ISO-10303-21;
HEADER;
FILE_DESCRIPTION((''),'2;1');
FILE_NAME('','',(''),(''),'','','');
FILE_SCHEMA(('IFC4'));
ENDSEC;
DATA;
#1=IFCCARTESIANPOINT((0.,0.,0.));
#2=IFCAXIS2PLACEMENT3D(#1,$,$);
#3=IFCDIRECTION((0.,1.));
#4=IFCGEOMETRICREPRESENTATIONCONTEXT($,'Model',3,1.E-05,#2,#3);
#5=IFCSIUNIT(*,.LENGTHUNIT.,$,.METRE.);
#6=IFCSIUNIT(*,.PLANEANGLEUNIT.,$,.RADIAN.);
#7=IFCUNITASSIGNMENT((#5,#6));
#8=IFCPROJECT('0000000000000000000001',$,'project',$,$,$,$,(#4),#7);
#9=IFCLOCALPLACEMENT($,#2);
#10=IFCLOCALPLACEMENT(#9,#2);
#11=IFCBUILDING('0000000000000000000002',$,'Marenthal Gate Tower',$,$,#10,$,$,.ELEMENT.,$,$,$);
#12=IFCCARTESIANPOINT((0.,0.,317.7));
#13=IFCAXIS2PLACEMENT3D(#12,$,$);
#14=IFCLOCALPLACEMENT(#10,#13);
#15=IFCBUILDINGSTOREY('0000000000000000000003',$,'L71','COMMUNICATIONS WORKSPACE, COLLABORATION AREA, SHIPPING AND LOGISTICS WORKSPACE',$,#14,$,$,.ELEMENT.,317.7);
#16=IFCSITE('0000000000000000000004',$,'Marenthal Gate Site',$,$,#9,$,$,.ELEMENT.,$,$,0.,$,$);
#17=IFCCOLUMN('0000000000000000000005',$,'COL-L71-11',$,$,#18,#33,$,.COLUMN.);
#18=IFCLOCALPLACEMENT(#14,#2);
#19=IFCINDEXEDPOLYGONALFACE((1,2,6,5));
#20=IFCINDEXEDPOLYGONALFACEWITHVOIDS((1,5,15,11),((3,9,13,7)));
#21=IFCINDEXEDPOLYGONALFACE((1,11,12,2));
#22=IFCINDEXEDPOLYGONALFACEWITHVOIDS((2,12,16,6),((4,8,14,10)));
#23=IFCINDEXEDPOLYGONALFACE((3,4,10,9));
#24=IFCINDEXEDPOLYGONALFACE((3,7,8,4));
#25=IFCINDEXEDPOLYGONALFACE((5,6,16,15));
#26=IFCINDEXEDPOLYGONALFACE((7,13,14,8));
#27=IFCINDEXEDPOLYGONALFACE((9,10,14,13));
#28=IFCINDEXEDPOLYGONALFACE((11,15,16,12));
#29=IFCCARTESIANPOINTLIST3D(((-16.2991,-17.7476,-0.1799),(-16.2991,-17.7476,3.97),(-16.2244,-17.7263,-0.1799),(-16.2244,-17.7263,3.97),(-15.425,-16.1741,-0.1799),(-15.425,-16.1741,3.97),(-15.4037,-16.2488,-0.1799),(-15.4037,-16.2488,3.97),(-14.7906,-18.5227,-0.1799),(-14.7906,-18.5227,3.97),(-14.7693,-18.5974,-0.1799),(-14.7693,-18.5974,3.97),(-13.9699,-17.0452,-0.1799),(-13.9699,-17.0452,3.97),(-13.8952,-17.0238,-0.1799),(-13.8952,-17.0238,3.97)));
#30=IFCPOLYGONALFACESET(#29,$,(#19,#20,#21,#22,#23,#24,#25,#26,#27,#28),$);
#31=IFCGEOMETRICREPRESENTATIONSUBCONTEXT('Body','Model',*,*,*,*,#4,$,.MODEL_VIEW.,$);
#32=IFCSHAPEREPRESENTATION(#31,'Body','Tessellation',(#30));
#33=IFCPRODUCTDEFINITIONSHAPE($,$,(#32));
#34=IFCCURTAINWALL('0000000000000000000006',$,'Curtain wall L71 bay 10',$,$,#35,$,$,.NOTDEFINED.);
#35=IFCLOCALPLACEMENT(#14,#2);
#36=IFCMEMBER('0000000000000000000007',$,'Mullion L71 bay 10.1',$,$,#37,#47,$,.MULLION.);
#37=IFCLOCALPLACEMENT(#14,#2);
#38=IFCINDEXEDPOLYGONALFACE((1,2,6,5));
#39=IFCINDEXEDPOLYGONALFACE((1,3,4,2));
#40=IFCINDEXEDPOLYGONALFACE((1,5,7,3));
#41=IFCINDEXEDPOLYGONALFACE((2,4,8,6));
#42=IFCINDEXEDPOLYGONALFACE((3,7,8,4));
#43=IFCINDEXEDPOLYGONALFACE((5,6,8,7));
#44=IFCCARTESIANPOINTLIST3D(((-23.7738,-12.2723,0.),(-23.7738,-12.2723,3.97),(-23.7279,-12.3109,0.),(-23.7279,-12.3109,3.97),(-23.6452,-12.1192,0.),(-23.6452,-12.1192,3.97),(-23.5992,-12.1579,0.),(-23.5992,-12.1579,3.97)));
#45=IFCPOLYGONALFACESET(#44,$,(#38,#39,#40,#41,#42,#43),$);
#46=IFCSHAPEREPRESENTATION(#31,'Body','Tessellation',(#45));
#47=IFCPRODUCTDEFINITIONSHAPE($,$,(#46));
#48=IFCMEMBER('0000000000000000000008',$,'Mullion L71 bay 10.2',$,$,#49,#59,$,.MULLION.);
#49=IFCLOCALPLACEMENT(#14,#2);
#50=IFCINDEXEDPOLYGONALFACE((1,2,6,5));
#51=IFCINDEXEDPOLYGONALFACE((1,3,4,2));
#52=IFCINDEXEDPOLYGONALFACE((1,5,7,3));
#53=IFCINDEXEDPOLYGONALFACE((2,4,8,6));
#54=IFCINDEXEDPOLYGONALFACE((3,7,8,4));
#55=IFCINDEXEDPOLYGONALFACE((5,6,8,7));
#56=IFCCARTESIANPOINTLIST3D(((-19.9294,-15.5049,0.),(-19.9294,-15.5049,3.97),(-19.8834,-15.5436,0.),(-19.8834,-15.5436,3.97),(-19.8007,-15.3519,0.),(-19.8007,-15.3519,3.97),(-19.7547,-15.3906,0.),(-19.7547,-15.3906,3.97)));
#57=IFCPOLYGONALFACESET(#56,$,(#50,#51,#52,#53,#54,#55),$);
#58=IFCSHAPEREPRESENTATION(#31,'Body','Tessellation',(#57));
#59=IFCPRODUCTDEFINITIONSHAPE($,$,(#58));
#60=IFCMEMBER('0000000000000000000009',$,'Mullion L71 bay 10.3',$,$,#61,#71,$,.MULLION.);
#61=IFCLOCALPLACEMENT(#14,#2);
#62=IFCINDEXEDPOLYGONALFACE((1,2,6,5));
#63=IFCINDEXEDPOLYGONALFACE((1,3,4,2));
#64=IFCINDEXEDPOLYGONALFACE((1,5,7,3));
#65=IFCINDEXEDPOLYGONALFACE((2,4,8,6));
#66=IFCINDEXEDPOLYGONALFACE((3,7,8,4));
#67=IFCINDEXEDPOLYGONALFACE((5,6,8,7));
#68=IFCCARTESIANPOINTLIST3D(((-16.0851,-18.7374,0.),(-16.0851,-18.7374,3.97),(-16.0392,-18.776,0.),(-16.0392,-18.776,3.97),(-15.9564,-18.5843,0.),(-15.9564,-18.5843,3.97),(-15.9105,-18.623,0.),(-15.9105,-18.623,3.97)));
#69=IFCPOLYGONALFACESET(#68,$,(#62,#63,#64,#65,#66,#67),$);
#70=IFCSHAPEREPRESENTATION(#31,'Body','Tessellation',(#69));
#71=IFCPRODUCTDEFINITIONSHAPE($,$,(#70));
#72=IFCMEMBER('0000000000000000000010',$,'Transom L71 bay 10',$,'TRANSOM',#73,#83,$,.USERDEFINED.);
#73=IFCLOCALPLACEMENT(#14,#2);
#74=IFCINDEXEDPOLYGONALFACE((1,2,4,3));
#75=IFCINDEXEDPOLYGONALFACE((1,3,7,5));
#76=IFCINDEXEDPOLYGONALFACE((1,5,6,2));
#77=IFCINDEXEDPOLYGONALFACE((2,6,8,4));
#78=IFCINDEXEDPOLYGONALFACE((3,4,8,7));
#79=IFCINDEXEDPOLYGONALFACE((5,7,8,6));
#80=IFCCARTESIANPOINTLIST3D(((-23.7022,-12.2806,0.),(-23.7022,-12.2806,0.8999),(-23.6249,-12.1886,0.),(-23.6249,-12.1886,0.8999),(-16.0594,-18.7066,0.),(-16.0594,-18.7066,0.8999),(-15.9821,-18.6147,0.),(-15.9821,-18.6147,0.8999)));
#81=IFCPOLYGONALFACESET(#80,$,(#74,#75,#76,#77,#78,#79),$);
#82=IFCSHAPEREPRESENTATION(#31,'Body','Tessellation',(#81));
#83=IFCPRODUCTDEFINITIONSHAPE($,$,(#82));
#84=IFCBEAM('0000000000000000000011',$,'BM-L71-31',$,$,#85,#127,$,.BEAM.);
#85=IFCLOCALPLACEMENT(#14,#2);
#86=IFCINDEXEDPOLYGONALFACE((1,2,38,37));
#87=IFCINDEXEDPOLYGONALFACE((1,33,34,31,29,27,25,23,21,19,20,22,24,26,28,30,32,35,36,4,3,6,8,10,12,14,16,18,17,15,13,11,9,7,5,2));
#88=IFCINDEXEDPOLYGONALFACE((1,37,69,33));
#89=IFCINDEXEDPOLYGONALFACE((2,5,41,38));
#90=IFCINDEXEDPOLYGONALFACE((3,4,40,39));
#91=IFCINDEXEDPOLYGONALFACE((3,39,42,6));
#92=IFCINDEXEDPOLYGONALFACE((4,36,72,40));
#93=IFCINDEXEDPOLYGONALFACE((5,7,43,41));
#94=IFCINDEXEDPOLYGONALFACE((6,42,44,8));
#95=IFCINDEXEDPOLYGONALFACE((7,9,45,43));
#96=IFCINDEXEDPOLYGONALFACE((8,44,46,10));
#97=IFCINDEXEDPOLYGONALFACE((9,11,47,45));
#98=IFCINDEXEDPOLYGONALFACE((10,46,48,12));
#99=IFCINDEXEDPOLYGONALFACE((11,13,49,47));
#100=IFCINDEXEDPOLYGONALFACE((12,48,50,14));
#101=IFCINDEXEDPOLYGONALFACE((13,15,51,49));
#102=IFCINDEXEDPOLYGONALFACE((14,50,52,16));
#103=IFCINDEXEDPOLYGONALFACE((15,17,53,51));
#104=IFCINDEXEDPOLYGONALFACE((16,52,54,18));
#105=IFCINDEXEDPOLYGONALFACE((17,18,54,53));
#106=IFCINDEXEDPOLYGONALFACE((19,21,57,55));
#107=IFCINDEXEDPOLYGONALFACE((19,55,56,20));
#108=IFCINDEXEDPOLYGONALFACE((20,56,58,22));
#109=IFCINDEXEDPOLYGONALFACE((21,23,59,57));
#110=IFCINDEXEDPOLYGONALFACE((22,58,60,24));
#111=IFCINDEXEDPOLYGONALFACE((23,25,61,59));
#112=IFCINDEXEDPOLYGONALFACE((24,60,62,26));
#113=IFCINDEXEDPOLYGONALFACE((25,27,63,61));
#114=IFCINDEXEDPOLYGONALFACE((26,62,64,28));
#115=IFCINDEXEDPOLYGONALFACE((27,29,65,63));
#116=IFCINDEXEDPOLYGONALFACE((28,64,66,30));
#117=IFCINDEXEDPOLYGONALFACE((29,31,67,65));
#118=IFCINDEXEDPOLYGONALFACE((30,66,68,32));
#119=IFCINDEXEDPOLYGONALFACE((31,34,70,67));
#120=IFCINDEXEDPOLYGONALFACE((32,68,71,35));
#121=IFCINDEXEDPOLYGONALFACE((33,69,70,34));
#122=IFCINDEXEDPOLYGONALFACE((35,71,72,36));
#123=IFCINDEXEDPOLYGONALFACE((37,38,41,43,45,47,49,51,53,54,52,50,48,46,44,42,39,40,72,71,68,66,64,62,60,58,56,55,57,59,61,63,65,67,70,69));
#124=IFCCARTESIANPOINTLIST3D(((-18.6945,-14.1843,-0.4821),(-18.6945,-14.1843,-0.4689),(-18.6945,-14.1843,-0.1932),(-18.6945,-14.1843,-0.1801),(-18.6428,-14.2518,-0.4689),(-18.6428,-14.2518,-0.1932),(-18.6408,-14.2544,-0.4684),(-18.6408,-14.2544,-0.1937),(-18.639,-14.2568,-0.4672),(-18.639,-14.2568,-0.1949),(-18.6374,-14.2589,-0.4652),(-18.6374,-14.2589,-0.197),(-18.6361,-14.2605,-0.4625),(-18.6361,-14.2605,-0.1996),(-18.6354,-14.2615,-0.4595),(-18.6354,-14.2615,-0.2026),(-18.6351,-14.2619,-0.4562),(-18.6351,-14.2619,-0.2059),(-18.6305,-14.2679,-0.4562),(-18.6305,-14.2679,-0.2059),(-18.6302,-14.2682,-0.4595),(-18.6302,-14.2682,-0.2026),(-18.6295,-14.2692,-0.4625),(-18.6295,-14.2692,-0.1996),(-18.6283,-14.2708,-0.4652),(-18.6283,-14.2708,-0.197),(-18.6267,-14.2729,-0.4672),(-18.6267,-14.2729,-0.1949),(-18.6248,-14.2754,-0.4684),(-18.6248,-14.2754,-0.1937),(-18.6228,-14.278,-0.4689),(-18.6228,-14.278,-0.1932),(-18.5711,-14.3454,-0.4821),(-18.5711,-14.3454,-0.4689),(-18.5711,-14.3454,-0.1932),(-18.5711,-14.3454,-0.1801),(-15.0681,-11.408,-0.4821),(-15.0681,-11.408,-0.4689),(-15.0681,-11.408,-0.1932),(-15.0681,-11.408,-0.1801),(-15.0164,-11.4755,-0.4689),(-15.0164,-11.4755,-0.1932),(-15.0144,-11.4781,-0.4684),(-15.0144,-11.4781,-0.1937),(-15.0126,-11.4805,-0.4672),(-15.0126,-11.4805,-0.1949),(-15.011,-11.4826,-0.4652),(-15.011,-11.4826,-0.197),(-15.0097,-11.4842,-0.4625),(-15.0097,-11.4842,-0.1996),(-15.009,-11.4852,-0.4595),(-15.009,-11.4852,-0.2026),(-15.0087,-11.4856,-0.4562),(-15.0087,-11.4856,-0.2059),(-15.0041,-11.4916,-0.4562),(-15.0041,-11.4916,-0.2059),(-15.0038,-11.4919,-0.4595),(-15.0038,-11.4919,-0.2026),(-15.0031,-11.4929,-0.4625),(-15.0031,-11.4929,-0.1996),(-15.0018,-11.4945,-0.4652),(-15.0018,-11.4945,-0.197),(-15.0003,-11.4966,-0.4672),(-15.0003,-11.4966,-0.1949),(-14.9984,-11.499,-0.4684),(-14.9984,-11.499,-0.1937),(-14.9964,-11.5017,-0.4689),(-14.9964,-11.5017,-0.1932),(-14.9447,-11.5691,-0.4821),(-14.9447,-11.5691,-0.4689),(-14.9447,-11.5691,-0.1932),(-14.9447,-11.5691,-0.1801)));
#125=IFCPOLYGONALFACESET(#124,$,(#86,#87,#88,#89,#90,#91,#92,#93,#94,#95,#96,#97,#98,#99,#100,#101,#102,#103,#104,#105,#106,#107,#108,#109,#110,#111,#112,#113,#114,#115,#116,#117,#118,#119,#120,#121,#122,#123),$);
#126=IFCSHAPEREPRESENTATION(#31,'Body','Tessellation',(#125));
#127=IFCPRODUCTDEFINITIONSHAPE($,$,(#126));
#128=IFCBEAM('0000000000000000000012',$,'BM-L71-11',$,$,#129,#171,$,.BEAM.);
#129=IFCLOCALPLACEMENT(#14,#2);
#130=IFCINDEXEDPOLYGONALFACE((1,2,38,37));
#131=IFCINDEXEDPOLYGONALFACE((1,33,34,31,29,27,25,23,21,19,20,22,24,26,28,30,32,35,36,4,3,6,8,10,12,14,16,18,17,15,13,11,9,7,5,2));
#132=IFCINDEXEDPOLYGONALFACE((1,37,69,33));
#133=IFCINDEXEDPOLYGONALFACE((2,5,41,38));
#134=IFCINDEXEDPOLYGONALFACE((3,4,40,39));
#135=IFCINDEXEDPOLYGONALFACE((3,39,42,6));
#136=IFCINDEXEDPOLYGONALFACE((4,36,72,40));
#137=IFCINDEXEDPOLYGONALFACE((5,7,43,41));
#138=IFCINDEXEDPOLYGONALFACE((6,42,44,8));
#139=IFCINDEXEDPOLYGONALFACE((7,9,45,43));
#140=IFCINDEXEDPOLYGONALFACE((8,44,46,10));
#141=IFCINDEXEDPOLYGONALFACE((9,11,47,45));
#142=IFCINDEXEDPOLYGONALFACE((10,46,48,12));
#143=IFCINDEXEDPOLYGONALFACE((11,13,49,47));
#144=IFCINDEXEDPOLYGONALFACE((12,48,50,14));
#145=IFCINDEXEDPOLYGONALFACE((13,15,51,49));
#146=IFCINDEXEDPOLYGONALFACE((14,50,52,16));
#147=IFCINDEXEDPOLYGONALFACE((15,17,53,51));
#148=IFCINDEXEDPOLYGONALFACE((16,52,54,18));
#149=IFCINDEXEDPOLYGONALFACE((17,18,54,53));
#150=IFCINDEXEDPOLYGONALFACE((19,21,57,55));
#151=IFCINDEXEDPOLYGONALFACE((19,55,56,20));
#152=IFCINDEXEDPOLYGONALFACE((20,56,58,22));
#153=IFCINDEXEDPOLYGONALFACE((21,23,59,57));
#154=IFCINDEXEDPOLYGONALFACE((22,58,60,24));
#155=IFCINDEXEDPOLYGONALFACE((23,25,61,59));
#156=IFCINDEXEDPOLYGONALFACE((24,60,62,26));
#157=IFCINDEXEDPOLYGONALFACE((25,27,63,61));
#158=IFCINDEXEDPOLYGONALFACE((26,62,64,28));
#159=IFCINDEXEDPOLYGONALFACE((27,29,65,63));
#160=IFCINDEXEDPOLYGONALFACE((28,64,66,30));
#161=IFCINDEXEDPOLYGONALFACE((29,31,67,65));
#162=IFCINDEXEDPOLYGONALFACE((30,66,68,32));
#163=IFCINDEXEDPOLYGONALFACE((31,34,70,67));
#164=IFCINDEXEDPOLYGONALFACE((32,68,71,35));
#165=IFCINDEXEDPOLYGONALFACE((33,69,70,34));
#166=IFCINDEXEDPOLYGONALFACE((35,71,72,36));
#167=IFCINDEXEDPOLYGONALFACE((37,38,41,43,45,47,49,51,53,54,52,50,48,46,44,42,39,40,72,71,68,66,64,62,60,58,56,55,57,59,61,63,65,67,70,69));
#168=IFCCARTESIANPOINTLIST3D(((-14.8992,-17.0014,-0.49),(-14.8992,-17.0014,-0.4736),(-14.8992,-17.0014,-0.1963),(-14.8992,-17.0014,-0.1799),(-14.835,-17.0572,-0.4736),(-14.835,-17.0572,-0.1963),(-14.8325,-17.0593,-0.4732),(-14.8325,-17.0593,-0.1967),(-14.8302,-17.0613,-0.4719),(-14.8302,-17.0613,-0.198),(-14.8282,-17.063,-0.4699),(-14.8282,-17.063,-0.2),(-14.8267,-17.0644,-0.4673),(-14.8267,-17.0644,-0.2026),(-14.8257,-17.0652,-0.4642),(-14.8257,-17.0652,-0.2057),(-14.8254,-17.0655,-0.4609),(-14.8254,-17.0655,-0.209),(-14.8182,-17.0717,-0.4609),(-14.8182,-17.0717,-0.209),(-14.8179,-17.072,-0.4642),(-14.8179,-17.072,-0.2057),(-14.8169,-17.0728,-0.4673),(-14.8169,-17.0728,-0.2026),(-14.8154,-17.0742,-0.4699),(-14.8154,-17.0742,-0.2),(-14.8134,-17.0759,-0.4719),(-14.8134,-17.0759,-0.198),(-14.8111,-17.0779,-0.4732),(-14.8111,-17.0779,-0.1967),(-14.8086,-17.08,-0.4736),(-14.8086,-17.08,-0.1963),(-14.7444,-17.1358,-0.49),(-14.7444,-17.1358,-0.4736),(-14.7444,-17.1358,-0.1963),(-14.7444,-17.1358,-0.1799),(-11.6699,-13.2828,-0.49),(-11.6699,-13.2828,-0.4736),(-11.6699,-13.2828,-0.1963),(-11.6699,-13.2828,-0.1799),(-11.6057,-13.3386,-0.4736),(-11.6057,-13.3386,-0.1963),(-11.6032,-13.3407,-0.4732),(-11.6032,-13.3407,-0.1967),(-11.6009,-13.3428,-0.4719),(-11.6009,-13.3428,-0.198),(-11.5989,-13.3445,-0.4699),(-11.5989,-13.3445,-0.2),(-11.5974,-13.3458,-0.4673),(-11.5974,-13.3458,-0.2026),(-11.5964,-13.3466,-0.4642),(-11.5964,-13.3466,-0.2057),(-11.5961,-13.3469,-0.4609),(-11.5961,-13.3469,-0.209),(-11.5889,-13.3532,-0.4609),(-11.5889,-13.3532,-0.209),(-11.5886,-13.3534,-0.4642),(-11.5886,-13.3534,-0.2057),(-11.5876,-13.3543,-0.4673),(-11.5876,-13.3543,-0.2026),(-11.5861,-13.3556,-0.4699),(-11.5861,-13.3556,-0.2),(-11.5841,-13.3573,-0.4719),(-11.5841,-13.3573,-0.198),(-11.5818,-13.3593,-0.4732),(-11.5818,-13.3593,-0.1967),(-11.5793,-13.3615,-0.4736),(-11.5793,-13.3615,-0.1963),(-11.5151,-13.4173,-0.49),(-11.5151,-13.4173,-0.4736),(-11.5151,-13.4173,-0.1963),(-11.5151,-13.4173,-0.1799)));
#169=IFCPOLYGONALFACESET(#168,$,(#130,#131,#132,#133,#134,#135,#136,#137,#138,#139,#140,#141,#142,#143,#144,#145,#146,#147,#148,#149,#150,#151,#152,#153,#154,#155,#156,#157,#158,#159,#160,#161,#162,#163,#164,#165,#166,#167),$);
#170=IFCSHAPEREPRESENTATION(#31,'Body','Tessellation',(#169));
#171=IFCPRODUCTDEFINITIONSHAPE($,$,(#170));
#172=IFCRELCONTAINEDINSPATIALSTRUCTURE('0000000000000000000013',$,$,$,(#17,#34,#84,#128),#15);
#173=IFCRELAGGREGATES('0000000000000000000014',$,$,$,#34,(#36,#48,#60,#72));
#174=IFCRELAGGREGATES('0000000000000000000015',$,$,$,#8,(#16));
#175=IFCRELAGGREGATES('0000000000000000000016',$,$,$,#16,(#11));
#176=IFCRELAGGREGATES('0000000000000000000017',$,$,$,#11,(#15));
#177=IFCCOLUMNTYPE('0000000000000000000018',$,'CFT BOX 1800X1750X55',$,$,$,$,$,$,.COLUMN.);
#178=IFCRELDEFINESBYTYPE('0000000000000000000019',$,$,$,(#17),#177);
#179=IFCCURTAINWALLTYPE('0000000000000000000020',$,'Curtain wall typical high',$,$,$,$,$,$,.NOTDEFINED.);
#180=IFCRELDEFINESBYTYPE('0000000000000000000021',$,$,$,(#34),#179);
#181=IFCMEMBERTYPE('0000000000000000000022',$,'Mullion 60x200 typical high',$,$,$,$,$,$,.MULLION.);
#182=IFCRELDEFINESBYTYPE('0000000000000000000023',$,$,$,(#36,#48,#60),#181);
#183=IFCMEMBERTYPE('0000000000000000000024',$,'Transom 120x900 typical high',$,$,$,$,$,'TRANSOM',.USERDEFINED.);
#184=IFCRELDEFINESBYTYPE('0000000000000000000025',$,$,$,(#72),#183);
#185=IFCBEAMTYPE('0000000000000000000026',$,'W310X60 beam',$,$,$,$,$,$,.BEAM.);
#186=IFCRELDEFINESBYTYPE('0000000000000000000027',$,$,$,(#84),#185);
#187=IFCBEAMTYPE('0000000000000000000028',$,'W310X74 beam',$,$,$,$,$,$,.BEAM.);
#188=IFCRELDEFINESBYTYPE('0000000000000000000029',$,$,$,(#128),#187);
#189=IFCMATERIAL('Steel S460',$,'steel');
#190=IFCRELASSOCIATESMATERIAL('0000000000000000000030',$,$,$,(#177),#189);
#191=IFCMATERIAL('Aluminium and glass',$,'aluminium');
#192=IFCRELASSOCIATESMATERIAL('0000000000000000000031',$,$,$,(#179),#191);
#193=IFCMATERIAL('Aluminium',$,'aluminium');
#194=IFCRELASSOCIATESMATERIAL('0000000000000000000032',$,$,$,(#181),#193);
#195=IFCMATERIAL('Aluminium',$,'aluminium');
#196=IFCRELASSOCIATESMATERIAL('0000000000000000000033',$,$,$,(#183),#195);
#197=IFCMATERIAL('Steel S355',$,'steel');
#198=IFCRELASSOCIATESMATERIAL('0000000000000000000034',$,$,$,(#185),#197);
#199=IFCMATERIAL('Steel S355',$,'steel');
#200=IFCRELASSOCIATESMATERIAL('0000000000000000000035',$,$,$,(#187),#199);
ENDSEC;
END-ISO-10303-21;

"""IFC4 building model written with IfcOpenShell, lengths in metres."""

from ifc_helpers import new_model, si_unit, direction, frame, origin, origin_2d, place, context, subcontext, project, spatial, rectangle, hollow_rectangle, i_section, extrude, material, material_profile, profile_set, type_object, element, aggregate, save


model = new_model("IFC4")

# Units and contexts
model_context = context("Model", 3, precision=1e-05, world=origin(), true_north=direction((0.0, 1.0)))
body_context = subcontext(model_context, "Body", "Model", "MODEL_VIEW")
ifc_project = project(units=[si_unit("LENGTHUNIT", "METRE"), si_unit("PLANEANGLEUNIT", "RADIAN")], contexts=[model_context])

# Site, building, storey
site_placement = place(None, origin())
site = spatial("IfcSite", under=ifc_project, at=site_placement, Name="Marenthal Gate Site", CompositionType="ELEMENT", RefElevation=0.0)
building_placement = place(site_placement, origin())
building = spatial("IfcBuilding", under=site, at=building_placement, Name="Marenthal Gate Tower", CompositionType="ELEMENT")
storey_placement = place(building_placement, frame((0.0, 0.0, 317.7)))
storey = spatial("IfcBuildingStorey", under=building, at=storey_placement, Name="L71", Description="COMMUNICATIONS WORKSPACE, COLLABORATION AREA, SHIPPING AND LOGISTICS WORKSPACE", CompositionType="ELEMENT", Elevation=317.7)

# Column
ifc_material_1 = material(Name="Steel S460", Category="steel")
ifc_material_profile_1 = material_profile(ifc_material_1, hollow_rectangle(XDim=1.75, YDim=1.8, WallThickness=0.0549, at=origin_2d()), Name="CFT BOX 1800X1750X55")
ifc_material_2 = material(Name="Concrete 70 MPa", Category="concrete")
ifc_material_profile_2 = material_profile(ifc_material_2, rectangle(XDim=1.6399, YDim=1.6899, at=origin_2d()), Name="CFT BOX 1800X1750X55 INFILL")
ifc_profile_set_1 = profile_set([ifc_material_profile_1, ifc_material_profile_2], Name="Steel S460 shell, Concrete 70 MPa infill")
column_type = type_object("IfcColumnType", Name="CFT BOX 1800X1750X55", PredefinedType="COLUMN", material=ifc_profile_set_1)
column_placement = place(storey_placement, frame((-15.0972, -17.3857, -0.1799), z_axis=(0.0, 0.0, 1.0), x_axis=(-0.874186, 0.485591, 0.0)))
element("IfcColumn", 1, at=column_placement, inside=storey, type_object=column_type, Name="COL-L71-11", PredefinedType="COLUMN", context=body_context, shape_type="SweptSolid", body=[
    extrude(hollow_rectangle(XDim=1.75, YDim=1.8, WallThickness=0.0549, at=origin_2d()), origin(), (0.0, 0.0, 1.0), 4.1499),
])

# Curtain wall, members
ifc_material_3 = material(Name="Aluminium and glass", Category="aluminium")
curtain_wall_type = type_object("IfcCurtainWallType", Name="Curtain wall typical high", PredefinedType="NOTDEFINED", material=ifc_material_3)
curtain_wall_placement = place(storey_placement, origin())
curtain_wall = element("IfcCurtainWall", 2, at=curtain_wall_placement, inside=storey, type_object=curtain_wall_type, Name="Curtain wall L71 bay 10", PredefinedType="NOTDEFINED")
ifc_material_4 = material(Name="Aluminium", Category="aluminium")
ifc_material_profile_3 = material_profile(ifc_material_4, rectangle(XDim=0.2, YDim=0.0601, at=origin_2d()), Name="60x200 aluminium mullion")
ifc_profile_set_2 = profile_set([ifc_material_profile_3], Name="Aluminium")
member_type_1 = type_object("IfcMemberType", Name="Mullion 60x200 typical high", PredefinedType="MULLION", material=ifc_profile_set_2)
member_1_placement = place(storey_placement, frame((-23.6865, -12.2151, 0.0), z_axis=(0.0, 0.0, 1.0), x_axis=(0.64357, 0.765387, 0.0)))
member_1 = element("IfcMember", 3, at=member_1_placement, type_object=member_type_1, Name="Mullion L71 bay 10.1", PredefinedType="MULLION", context=body_context, shape_type="SweptSolid", body=[
    extrude(rectangle(XDim=0.2, YDim=0.0601, at=origin_2d()), origin(), (0.0, 0.0, 1.0), 3.97),
])
member_2_placement = place(storey_placement, frame((-19.842, -15.4478, 0.0), z_axis=(0.0, 0.0, 1.0), x_axis=(0.64357, 0.765387, 0.0)))
member_2 = element("IfcMember", 4, at=member_2_placement, type_object=member_type_1, Name="Mullion L71 bay 10.2", PredefinedType="MULLION", context=body_context, shape_type="SweptSolid", body=[
    extrude(rectangle(XDim=0.2, YDim=0.0601, at=origin_2d()), origin(), (0.0, 0.0, 1.0), 3.97),
])
member_3_placement = place(storey_placement, frame((-15.9978, -18.6802, 0.0), z_axis=(0.0, 0.0, 1.0), x_axis=(0.64357, 0.765387, 0.0)))
member_3 = element("IfcMember", 5, at=member_3_placement, type_object=member_type_1, Name="Mullion L71 bay 10.3", PredefinedType="MULLION", context=body_context, shape_type="SweptSolid", body=[
    extrude(rectangle(XDim=0.2, YDim=0.0601, at=origin_2d()), origin(), (0.0, 0.0, 1.0), 3.97),
])
ifc_material_5 = material(Name="Aluminium", Category="aluminium")
ifc_material_profile_4 = material_profile(ifc_material_5, rectangle(XDim=0.1201, YDim=0.8999, at=origin_2d()), Name="120x900 aluminium transom")
ifc_profile_set_3 = profile_set([ifc_material_profile_4], Name="Aluminium")
member_type_2 = type_object("IfcMemberType", Name="Transom 120x900 typical high", ElementType="TRANSOM", PredefinedType="USERDEFINED", material=ifc_profile_set_3)
member_4_placement = place(storey_placement, frame((-23.6636, -12.2346, 0.45), z_axis=(0.765406, -0.643548, 0.0), x_axis=(0.643548, 0.765406, 0.0)))
member_4 = element("IfcMember", 6, at=member_4_placement, type_object=member_type_2, Name="Transom L71 bay 10", ObjectType="TRANSOM", PredefinedType="USERDEFINED", context=body_context, shape_type="SweptSolid", body=[
    extrude(rectangle(XDim=0.1201, YDim=0.8999, at=origin_2d()), origin(), (0.0, 0.0, 1.0), 9.9854),
])

# Beams
ifc_material_6 = material(Name="Steel S355", Category="steel")
ifc_material_profile_5 = material_profile(ifc_material_6, i_section(OverallWidth=0.2029, OverallDepth=0.302, WebThickness=0.0076, FlangeThickness=0.0132, FilletRadius=0.0127, at=origin_2d()), Name="W310X60")
ifc_profile_set_4 = profile_set([ifc_material_profile_5], Name="Steel S355")
beam_type_1 = type_object("IfcBeamType", Name="W310X60 beam", PredefinedType="BEAM", material=ifc_profile_set_4)
beam_1_placement = place(storey_placement, frame((-18.6328, -14.2649, -0.3311), z_axis=(0.794021, 0.60789, 0.0), x_axis=(-0.60789, 0.794021, 0.0)))
element("IfcBeam", 7, at=beam_1_placement, inside=storey, type_object=beam_type_1, Name="BM-L71-31", PredefinedType="BEAM", context=body_context, shape_type="SweptSolid", body=[
    extrude(i_section(OverallWidth=0.2029, OverallDepth=0.302, WebThickness=0.0076, FlangeThickness=0.0132, FilletRadius=0.0127, at=origin_2d()), origin(), (0.0, 0.0, 1.0), 4.5671),
])
ifc_material_7 = material(Name="Steel S355", Category="steel")
ifc_material_profile_6 = material_profile(ifc_material_7, i_section(OverallWidth=0.2051, OverallDepth=0.3101, WebThickness=0.0095, FlangeThickness=0.0164, FilletRadius=0.0127, at=origin_2d()), Name="W310X74")
ifc_profile_set_5 = profile_set([ifc_material_profile_6], Name="Steel S355")
beam_type_2 = type_object("IfcBeamType", Name="W310X74 beam", PredefinedType="BEAM", material=ifc_profile_set_5)
beam_2_placement = place(storey_placement, frame((-14.8218, -17.0686, -0.335), z_axis=(0.655689, 0.755031, 0.0), x_axis=(-0.755031, 0.655689, 0.0)))
element("IfcBeam", 8, at=beam_2_placement, inside=storey, type_object=beam_type_2, Name="BM-L71-11", PredefinedType="BEAM", context=body_context, shape_type="SweptSolid", body=[
    extrude(i_section(OverallWidth=0.2051, OverallDepth=0.3101, WebThickness=0.0095, FlangeThickness=0.0164, FilletRadius=0.0127, at=origin_2d()), origin(), (0.0, 0.0, 1.0), 4.925),
])

aggregate(curtain_wall, [member_1, member_2, member_3, member_4])

save(model, "model.ifc")
